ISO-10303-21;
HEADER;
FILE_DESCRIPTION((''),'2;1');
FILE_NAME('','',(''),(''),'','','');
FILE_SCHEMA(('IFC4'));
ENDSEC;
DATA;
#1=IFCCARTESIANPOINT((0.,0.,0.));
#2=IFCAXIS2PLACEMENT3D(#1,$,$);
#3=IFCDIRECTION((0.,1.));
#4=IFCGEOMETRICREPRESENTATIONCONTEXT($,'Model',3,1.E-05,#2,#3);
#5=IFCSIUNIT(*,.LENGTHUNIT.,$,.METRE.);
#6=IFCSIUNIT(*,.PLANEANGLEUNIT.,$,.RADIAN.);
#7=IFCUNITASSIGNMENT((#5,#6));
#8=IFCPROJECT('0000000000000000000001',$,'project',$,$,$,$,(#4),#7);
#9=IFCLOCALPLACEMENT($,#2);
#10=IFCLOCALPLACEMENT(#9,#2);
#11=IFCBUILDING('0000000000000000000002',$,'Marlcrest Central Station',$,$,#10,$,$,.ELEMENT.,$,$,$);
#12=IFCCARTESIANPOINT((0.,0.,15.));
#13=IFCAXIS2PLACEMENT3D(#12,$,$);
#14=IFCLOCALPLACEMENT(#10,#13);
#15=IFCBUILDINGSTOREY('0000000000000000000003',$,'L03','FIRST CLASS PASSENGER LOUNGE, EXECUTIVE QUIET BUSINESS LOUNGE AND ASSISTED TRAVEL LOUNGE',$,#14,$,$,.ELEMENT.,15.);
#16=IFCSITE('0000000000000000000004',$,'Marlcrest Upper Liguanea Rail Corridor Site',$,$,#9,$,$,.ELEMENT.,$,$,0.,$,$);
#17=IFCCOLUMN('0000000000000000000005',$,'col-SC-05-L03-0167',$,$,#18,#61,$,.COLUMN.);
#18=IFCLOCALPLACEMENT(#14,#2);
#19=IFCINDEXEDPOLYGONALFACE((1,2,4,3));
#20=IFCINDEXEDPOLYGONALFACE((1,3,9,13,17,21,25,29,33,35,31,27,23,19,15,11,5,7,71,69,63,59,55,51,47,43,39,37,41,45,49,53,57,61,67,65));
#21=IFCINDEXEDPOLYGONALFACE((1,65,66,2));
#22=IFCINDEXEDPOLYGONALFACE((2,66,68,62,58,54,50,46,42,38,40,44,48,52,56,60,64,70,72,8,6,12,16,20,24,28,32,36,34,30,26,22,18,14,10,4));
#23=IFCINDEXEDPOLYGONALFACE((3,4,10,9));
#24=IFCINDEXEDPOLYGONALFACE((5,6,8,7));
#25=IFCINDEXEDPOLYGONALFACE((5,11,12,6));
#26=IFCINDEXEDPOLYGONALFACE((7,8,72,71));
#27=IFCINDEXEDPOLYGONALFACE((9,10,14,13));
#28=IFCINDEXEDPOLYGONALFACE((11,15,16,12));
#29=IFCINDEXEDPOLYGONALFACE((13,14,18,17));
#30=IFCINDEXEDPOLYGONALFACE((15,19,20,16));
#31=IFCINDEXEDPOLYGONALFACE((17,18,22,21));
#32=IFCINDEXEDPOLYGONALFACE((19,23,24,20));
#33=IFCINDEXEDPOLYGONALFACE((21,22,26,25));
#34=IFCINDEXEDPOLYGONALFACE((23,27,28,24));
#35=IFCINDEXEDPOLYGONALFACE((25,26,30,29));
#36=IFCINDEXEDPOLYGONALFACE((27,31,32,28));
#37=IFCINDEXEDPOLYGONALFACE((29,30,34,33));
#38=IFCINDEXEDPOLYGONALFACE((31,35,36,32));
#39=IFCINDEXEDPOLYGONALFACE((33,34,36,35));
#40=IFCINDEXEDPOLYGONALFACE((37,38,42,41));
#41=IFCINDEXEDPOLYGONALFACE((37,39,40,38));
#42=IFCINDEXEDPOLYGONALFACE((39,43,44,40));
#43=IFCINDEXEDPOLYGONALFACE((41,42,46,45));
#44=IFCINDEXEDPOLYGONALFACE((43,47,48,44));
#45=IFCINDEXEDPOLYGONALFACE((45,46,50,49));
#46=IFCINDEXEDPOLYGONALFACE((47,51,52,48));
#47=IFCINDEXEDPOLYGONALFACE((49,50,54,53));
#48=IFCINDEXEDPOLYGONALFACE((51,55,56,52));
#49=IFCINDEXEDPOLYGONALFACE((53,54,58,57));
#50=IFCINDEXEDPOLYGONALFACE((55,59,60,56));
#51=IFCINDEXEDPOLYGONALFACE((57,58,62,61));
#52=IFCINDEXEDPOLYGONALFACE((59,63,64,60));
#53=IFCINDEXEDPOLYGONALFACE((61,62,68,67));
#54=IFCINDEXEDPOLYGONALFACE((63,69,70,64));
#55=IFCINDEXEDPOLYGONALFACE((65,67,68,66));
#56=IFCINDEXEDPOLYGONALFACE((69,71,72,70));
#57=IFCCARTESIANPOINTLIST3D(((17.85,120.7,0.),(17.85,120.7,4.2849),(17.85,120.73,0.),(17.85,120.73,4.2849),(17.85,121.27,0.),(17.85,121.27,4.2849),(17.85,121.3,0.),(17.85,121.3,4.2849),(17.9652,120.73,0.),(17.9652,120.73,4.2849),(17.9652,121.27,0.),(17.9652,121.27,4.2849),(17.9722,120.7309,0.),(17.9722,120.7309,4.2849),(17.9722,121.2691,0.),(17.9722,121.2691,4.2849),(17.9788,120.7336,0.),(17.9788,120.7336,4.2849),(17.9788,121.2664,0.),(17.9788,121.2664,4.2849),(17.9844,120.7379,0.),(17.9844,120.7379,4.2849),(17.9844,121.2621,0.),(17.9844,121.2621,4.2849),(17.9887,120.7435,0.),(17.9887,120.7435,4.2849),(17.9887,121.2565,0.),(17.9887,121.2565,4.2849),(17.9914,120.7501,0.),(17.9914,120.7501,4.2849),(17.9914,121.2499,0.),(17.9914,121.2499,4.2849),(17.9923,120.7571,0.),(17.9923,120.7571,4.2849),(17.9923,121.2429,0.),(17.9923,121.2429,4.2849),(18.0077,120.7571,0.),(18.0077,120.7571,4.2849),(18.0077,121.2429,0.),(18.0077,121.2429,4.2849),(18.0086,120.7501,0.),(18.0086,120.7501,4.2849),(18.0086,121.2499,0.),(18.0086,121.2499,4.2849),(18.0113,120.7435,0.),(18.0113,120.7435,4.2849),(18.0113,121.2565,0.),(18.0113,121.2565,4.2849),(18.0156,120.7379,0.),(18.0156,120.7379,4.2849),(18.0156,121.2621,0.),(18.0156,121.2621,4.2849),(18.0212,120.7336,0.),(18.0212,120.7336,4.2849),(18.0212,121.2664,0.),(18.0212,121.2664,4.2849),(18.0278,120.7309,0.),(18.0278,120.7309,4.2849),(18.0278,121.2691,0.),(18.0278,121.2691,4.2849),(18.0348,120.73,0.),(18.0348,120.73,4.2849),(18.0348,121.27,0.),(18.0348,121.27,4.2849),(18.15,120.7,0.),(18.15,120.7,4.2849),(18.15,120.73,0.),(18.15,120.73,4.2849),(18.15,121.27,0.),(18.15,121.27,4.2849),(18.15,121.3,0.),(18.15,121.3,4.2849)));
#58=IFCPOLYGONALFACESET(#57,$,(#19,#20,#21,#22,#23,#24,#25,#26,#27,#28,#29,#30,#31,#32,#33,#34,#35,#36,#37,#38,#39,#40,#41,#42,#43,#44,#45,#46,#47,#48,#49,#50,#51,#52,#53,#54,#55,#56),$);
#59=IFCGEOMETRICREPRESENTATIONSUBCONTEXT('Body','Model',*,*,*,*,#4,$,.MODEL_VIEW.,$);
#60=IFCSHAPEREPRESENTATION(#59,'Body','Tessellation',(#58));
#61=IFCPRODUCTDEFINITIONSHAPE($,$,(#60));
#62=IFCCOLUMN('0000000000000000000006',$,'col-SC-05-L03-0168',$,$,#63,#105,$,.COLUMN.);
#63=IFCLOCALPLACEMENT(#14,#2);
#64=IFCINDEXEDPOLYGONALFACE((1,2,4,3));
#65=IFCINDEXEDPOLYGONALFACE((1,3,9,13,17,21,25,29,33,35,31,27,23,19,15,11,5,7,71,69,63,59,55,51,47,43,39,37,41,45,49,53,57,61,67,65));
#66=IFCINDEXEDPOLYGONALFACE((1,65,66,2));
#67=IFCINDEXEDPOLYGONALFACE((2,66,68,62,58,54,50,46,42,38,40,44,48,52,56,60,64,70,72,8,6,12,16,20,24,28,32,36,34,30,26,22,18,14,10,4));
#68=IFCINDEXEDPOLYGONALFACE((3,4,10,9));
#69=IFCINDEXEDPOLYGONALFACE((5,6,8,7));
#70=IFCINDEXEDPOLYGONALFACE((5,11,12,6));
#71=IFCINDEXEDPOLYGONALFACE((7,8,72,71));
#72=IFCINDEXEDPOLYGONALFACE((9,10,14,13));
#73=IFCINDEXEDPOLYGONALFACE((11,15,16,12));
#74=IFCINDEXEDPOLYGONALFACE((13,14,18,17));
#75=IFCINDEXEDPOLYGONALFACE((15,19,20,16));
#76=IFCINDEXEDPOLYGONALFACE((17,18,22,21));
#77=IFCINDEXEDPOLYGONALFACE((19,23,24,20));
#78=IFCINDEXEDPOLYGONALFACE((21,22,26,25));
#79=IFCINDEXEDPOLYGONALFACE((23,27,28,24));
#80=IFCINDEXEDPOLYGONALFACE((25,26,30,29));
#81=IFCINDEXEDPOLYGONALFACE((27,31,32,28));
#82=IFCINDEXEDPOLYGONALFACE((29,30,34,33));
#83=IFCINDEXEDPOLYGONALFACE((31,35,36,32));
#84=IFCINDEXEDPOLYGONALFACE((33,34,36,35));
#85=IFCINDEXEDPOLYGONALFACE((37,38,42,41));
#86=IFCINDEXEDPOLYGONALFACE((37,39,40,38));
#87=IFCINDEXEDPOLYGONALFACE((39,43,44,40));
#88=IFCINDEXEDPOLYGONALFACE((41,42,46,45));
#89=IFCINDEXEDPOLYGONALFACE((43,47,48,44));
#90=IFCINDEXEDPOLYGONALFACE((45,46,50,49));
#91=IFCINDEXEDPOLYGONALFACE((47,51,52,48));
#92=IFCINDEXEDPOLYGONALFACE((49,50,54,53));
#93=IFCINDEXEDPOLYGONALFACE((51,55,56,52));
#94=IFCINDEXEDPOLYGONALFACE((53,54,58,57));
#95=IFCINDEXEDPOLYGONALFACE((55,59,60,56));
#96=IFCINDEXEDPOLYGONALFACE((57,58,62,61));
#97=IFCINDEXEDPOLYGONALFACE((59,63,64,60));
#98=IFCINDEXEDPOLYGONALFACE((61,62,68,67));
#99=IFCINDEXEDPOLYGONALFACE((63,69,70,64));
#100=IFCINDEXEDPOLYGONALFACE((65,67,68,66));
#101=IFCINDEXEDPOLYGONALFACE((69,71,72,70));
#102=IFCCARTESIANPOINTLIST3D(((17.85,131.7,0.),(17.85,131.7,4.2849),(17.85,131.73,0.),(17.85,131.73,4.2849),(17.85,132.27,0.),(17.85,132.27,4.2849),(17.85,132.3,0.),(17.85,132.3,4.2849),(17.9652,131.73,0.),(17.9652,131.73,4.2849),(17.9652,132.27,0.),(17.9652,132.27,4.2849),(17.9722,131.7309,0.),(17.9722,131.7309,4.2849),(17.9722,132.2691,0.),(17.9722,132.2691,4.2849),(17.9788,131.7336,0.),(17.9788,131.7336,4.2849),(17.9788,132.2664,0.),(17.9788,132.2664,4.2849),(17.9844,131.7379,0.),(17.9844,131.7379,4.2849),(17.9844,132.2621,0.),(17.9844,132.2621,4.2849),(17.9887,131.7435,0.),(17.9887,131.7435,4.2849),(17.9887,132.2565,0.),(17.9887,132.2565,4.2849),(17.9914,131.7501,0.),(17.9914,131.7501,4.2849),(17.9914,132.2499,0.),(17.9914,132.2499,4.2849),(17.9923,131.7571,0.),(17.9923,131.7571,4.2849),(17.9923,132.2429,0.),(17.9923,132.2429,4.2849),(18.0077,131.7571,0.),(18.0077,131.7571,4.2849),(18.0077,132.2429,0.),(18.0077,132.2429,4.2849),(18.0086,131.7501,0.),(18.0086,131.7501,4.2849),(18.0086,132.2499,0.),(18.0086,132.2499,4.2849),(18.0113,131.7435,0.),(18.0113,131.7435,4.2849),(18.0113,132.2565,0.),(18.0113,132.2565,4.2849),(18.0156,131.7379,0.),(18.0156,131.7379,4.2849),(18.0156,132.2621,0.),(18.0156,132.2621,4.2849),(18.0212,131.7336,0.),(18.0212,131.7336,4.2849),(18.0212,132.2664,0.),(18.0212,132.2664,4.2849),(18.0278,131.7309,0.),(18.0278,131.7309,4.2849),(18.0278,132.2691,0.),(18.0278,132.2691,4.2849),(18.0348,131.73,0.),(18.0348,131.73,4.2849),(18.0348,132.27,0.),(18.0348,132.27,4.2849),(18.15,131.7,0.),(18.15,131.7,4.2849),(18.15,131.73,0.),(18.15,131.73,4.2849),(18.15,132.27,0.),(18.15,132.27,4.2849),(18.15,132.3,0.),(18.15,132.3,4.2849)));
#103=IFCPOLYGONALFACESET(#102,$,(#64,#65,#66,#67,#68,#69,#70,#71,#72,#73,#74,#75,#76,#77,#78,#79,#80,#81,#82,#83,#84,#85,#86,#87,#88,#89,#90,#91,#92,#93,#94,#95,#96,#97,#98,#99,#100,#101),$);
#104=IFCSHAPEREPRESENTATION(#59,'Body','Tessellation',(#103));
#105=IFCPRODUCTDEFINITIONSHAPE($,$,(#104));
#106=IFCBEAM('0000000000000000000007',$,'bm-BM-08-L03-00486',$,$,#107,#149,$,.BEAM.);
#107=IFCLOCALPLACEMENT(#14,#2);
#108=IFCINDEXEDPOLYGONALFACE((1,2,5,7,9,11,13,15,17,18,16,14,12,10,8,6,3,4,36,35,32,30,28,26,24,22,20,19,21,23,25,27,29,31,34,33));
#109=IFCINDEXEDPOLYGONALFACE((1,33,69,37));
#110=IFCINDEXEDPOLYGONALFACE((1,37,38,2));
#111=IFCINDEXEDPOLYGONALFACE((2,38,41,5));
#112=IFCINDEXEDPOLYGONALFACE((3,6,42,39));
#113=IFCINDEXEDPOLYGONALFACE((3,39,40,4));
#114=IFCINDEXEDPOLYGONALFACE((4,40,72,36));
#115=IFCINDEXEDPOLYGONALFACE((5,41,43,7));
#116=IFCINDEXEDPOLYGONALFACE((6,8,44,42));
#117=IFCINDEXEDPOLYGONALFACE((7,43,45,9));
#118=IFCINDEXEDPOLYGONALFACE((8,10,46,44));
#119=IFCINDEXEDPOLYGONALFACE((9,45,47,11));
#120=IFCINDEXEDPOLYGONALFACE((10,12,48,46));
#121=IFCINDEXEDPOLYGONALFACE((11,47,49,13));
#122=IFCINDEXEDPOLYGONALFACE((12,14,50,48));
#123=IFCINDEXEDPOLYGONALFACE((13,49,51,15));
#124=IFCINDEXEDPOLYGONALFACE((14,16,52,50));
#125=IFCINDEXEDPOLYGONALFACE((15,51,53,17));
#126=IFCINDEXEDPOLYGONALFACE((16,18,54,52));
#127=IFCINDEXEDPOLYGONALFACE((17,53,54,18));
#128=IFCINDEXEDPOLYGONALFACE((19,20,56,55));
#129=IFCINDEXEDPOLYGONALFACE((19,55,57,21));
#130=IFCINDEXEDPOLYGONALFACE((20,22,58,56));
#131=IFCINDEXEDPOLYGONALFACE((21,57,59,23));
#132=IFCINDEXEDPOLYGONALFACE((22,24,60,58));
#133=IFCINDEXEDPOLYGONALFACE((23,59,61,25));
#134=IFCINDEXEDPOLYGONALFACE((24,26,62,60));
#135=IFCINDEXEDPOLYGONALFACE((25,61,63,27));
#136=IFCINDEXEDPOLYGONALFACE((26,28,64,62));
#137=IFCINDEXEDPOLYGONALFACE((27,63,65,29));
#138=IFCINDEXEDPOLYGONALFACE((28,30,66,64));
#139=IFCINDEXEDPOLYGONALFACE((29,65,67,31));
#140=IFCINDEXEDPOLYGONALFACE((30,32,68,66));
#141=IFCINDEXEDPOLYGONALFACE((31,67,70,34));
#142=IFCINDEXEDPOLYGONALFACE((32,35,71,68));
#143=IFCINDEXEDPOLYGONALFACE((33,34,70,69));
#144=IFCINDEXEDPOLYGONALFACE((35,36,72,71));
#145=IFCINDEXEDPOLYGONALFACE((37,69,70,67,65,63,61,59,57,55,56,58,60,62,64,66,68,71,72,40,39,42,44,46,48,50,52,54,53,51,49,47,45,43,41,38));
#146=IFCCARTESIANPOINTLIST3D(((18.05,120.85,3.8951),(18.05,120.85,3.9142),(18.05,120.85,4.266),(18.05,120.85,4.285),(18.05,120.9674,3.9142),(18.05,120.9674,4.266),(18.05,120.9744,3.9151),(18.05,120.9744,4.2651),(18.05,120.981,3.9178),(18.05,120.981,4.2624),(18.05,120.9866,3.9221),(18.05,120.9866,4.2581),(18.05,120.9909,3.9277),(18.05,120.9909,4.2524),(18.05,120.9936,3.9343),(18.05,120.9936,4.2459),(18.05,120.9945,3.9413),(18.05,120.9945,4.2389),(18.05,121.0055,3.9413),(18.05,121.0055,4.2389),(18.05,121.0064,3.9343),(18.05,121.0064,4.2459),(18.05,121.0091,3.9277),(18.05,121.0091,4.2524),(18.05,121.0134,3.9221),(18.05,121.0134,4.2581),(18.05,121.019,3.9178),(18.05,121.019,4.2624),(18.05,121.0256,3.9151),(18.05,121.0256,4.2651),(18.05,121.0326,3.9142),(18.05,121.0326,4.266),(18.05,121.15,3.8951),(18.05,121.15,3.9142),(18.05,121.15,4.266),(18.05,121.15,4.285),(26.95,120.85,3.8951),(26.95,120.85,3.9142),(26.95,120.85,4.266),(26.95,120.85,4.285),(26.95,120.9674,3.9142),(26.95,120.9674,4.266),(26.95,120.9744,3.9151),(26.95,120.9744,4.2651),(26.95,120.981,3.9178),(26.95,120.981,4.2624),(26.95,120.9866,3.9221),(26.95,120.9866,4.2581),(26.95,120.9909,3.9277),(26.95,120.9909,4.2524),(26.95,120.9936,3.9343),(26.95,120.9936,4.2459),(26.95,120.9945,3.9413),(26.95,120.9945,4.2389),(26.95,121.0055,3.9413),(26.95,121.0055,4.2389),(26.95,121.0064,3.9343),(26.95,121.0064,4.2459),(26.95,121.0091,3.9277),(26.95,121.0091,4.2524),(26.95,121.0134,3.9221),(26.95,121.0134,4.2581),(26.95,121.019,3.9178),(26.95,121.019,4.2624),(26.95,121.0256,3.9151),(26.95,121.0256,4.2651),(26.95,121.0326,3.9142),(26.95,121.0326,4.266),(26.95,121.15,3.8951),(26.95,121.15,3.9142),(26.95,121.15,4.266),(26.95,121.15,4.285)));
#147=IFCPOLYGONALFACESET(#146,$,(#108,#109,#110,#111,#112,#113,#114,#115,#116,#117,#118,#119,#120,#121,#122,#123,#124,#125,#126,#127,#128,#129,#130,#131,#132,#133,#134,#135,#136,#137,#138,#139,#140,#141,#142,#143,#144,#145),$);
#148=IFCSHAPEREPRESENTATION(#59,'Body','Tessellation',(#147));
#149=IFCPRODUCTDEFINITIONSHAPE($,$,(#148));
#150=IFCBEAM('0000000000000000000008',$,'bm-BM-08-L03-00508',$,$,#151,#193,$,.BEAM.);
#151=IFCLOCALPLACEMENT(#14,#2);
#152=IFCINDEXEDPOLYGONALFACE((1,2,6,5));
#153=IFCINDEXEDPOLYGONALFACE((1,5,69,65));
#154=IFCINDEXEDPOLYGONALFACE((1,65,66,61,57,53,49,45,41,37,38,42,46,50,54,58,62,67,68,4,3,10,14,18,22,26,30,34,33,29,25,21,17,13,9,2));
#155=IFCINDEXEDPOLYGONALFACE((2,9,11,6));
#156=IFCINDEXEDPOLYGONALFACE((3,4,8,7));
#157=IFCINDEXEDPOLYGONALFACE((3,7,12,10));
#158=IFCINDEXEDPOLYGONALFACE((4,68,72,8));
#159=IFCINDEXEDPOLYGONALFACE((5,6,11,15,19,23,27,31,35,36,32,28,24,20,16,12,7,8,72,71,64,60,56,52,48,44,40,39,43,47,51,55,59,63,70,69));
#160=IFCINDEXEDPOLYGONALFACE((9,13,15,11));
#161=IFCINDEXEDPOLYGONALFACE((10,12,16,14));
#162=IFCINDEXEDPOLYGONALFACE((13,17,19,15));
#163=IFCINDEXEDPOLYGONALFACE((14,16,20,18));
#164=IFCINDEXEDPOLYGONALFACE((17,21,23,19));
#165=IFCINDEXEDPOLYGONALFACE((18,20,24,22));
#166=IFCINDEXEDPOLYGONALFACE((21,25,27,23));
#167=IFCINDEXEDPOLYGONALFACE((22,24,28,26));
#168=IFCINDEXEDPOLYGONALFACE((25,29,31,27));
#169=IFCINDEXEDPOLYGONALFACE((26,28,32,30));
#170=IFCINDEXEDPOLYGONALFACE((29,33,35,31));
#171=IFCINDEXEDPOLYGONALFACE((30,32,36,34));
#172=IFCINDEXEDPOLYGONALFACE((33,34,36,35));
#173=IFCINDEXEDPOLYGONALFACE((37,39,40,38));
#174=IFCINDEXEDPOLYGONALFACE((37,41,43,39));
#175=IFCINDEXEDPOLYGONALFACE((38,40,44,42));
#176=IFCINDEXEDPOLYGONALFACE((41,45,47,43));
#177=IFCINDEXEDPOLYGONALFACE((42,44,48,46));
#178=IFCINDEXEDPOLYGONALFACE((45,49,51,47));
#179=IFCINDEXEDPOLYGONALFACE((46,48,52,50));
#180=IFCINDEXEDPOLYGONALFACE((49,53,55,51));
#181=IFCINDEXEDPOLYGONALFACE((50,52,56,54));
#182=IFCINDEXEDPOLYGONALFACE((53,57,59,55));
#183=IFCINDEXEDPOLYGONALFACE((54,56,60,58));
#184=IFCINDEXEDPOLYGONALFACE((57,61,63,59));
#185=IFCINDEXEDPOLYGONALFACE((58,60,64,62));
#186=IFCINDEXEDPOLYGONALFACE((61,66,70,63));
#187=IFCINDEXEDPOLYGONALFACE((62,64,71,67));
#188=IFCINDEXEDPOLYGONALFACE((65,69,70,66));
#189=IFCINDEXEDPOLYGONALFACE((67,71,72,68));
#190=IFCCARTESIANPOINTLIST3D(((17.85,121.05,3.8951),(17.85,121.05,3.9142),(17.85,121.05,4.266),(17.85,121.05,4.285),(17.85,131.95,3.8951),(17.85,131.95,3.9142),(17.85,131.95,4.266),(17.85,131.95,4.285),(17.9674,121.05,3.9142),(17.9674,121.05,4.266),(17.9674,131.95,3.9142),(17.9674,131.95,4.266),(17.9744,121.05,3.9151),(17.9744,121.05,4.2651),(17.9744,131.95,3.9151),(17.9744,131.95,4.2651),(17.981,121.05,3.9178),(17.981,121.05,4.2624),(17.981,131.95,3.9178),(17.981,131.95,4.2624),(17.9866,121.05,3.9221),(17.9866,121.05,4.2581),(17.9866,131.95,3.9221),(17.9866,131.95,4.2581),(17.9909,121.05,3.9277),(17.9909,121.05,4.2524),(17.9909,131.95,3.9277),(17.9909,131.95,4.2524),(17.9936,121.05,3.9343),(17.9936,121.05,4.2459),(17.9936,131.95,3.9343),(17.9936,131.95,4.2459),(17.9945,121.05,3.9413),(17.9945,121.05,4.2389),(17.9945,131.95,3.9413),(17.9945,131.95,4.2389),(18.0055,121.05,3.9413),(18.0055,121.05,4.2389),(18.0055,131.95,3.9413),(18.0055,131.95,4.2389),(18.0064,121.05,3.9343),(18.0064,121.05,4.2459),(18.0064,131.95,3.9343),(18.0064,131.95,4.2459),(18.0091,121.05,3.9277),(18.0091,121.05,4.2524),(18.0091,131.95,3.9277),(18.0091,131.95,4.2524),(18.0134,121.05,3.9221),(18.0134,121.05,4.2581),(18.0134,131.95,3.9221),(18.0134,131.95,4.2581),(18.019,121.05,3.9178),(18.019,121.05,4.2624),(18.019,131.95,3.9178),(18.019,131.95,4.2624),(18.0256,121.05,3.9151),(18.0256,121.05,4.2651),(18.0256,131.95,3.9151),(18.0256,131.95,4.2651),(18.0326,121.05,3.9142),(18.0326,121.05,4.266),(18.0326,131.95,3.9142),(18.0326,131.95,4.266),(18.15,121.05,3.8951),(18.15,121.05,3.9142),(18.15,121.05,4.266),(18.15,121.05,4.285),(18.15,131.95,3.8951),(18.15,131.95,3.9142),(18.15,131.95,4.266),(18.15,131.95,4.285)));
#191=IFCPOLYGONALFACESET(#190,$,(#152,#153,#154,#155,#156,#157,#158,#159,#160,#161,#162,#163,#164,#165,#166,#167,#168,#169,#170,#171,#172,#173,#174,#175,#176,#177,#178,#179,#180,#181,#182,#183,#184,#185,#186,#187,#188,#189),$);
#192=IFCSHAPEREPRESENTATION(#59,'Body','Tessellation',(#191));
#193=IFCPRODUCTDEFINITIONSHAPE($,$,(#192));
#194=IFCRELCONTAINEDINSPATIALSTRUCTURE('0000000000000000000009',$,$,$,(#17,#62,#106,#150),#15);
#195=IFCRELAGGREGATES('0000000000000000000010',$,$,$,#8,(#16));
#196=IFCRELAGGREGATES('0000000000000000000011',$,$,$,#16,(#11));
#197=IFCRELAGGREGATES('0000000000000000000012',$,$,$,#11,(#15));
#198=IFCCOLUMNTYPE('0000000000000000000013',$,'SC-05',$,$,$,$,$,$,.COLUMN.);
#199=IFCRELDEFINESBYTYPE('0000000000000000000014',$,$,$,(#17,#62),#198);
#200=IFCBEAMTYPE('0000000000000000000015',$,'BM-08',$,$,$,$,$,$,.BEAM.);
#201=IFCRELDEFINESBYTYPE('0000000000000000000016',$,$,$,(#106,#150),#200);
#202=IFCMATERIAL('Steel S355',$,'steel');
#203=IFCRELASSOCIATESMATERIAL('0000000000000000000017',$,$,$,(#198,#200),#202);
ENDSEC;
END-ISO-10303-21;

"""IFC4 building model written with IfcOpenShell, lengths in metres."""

from ifc_helpers import new_model, si_unit, direction, frame, origin, origin_2d, place, context, subcontext, project, spatial, i_section, extrude, material, material_profile, profile_set, type_object, element, save


model = new_model("IFC4")

# Units and contexts
model_context = context("Model", 3, precision=1e-05, world=origin(), true_north=direction((0.0, 1.0)))
body_context = subcontext(model_context, "Body", "Model", "MODEL_VIEW")
ifc_project = project(units=[si_unit("LENGTHUNIT", "METRE"), si_unit("PLANEANGLEUNIT", "RADIAN")], contexts=[model_context])

# Site, building, storey
site_placement = place(None, origin())
site = spatial("IfcSite", under=ifc_project, at=site_placement, Name="Marlcrest Upper Liguanea Rail Corridor Site", CompositionType="ELEMENT", RefElevation=0.0)
building_placement = place(site_placement, origin())
building = spatial("IfcBuilding", under=site, at=building_placement, Name="Marlcrest Central Station", CompositionType="ELEMENT")
storey_placement = place(building_placement, frame((0.0, 0.0, 15.0)))
storey = spatial("IfcBuildingStorey", under=building, at=storey_placement, Name="L03", Description="FIRST CLASS PASSENGER LOUNGE, EXECUTIVE QUIET BUSINESS LOUNGE AND ASSISTED TRAVEL LOUNGE", CompositionType="ELEMENT", Elevation=15.0)

# Columns
ifc_material_1 = material(Name="Steel S355", Category="steel")
ifc_material_profile_1 = material_profile(ifc_material_1, i_section(OverallWidth=0.3, OverallDepth=0.6001, WebThickness=0.0154, FlangeThickness=0.03, FilletRadius=0.0271, at=origin_2d()), Name="HEB 600")
ifc_profile_set_1 = profile_set([ifc_material_profile_1], Name="Steel S355")
column_type = type_object("IfcColumnType", Name="SC-05", PredefinedType="COLUMN", material=ifc_profile_set_1)
for number, where, z_axis, x_axis, name in (
    (1, (18.0, 121.0, 0.0), (0.0, 0.0, 1.0), (1.0, 0.0, 0.0), "col-SC-05-L03-0167"),
    (2, (18.0, 132.0, 0.0), (0.0, 0.0, 1.0), (1.0, 0.0, 0.0), "col-SC-05-L03-0168"),
):
    element("IfcColumn", number, at=place(storey_placement, frame(where, z_axis=z_axis, x_axis=x_axis)), inside=storey, type_object=column_type, Name=name, PredefinedType="COLUMN", context=body_context, shape_type="SweptSolid", body=[
        extrude(i_section(OverallWidth=0.3, OverallDepth=0.6001, WebThickness=0.0154, FlangeThickness=0.03, FilletRadius=0.0271, at=origin_2d()), origin(), (0.0, 0.0, 1.0), 4.2849),
    ])

# Beams
ifc_material_profile_2 = material_profile(ifc_material_1, i_section(OverallWidth=0.3, OverallDepth=0.3899, WebThickness=0.011, FlangeThickness=0.019, FilletRadius=0.0271, at=origin_2d()), Name="HEA 400")
ifc_profile_set_2 = profile_set([ifc_material_profile_2], Name="Steel S355")
beam_type_1 = type_object("IfcBeamType", Name="BM-08", PredefinedType="BEAM", material=ifc_profile_set_2)
beam_1_placement = place(storey_placement, frame((18.05, 121.0, 4.0901), z_axis=(1.0, 0.0, 0.0), x_axis=(0.0, 1.0, 0.0)))
element("IfcBeam", 3, at=beam_1_placement, inside=storey, type_object=beam_type_1, Name="bm-BM-08-L03-00486", PredefinedType="BEAM", context=body_context, shape_type="SweptSolid", body=[
    extrude(i_section(OverallWidth=0.3, OverallDepth=0.3899, WebThickness=0.011, FlangeThickness=0.019, FilletRadius=0.0271, at=origin_2d()), origin(), (0.0, 0.0, 1.0), 8.8999),
])
beam_2_placement = place(storey_placement, frame((18.0, 121.05, 4.0901), z_axis=(0.0, 1.0, 0.0), x_axis=(-1.0, 0.0, 0.0)))
element("IfcBeam", 4, at=beam_2_placement, inside=storey, type_object=beam_type_1, Name="bm-BM-08-L03-00508", PredefinedType="BEAM", context=body_context, shape_type="SweptSolid", body=[
    extrude(i_section(OverallWidth=0.3, OverallDepth=0.3899, WebThickness=0.011, FlangeThickness=0.019, FilletRadius=0.0271, at=origin_2d()), origin(), (0.0, 0.0, 1.0), 10.8999),
])

save(model, "model.ifc")
